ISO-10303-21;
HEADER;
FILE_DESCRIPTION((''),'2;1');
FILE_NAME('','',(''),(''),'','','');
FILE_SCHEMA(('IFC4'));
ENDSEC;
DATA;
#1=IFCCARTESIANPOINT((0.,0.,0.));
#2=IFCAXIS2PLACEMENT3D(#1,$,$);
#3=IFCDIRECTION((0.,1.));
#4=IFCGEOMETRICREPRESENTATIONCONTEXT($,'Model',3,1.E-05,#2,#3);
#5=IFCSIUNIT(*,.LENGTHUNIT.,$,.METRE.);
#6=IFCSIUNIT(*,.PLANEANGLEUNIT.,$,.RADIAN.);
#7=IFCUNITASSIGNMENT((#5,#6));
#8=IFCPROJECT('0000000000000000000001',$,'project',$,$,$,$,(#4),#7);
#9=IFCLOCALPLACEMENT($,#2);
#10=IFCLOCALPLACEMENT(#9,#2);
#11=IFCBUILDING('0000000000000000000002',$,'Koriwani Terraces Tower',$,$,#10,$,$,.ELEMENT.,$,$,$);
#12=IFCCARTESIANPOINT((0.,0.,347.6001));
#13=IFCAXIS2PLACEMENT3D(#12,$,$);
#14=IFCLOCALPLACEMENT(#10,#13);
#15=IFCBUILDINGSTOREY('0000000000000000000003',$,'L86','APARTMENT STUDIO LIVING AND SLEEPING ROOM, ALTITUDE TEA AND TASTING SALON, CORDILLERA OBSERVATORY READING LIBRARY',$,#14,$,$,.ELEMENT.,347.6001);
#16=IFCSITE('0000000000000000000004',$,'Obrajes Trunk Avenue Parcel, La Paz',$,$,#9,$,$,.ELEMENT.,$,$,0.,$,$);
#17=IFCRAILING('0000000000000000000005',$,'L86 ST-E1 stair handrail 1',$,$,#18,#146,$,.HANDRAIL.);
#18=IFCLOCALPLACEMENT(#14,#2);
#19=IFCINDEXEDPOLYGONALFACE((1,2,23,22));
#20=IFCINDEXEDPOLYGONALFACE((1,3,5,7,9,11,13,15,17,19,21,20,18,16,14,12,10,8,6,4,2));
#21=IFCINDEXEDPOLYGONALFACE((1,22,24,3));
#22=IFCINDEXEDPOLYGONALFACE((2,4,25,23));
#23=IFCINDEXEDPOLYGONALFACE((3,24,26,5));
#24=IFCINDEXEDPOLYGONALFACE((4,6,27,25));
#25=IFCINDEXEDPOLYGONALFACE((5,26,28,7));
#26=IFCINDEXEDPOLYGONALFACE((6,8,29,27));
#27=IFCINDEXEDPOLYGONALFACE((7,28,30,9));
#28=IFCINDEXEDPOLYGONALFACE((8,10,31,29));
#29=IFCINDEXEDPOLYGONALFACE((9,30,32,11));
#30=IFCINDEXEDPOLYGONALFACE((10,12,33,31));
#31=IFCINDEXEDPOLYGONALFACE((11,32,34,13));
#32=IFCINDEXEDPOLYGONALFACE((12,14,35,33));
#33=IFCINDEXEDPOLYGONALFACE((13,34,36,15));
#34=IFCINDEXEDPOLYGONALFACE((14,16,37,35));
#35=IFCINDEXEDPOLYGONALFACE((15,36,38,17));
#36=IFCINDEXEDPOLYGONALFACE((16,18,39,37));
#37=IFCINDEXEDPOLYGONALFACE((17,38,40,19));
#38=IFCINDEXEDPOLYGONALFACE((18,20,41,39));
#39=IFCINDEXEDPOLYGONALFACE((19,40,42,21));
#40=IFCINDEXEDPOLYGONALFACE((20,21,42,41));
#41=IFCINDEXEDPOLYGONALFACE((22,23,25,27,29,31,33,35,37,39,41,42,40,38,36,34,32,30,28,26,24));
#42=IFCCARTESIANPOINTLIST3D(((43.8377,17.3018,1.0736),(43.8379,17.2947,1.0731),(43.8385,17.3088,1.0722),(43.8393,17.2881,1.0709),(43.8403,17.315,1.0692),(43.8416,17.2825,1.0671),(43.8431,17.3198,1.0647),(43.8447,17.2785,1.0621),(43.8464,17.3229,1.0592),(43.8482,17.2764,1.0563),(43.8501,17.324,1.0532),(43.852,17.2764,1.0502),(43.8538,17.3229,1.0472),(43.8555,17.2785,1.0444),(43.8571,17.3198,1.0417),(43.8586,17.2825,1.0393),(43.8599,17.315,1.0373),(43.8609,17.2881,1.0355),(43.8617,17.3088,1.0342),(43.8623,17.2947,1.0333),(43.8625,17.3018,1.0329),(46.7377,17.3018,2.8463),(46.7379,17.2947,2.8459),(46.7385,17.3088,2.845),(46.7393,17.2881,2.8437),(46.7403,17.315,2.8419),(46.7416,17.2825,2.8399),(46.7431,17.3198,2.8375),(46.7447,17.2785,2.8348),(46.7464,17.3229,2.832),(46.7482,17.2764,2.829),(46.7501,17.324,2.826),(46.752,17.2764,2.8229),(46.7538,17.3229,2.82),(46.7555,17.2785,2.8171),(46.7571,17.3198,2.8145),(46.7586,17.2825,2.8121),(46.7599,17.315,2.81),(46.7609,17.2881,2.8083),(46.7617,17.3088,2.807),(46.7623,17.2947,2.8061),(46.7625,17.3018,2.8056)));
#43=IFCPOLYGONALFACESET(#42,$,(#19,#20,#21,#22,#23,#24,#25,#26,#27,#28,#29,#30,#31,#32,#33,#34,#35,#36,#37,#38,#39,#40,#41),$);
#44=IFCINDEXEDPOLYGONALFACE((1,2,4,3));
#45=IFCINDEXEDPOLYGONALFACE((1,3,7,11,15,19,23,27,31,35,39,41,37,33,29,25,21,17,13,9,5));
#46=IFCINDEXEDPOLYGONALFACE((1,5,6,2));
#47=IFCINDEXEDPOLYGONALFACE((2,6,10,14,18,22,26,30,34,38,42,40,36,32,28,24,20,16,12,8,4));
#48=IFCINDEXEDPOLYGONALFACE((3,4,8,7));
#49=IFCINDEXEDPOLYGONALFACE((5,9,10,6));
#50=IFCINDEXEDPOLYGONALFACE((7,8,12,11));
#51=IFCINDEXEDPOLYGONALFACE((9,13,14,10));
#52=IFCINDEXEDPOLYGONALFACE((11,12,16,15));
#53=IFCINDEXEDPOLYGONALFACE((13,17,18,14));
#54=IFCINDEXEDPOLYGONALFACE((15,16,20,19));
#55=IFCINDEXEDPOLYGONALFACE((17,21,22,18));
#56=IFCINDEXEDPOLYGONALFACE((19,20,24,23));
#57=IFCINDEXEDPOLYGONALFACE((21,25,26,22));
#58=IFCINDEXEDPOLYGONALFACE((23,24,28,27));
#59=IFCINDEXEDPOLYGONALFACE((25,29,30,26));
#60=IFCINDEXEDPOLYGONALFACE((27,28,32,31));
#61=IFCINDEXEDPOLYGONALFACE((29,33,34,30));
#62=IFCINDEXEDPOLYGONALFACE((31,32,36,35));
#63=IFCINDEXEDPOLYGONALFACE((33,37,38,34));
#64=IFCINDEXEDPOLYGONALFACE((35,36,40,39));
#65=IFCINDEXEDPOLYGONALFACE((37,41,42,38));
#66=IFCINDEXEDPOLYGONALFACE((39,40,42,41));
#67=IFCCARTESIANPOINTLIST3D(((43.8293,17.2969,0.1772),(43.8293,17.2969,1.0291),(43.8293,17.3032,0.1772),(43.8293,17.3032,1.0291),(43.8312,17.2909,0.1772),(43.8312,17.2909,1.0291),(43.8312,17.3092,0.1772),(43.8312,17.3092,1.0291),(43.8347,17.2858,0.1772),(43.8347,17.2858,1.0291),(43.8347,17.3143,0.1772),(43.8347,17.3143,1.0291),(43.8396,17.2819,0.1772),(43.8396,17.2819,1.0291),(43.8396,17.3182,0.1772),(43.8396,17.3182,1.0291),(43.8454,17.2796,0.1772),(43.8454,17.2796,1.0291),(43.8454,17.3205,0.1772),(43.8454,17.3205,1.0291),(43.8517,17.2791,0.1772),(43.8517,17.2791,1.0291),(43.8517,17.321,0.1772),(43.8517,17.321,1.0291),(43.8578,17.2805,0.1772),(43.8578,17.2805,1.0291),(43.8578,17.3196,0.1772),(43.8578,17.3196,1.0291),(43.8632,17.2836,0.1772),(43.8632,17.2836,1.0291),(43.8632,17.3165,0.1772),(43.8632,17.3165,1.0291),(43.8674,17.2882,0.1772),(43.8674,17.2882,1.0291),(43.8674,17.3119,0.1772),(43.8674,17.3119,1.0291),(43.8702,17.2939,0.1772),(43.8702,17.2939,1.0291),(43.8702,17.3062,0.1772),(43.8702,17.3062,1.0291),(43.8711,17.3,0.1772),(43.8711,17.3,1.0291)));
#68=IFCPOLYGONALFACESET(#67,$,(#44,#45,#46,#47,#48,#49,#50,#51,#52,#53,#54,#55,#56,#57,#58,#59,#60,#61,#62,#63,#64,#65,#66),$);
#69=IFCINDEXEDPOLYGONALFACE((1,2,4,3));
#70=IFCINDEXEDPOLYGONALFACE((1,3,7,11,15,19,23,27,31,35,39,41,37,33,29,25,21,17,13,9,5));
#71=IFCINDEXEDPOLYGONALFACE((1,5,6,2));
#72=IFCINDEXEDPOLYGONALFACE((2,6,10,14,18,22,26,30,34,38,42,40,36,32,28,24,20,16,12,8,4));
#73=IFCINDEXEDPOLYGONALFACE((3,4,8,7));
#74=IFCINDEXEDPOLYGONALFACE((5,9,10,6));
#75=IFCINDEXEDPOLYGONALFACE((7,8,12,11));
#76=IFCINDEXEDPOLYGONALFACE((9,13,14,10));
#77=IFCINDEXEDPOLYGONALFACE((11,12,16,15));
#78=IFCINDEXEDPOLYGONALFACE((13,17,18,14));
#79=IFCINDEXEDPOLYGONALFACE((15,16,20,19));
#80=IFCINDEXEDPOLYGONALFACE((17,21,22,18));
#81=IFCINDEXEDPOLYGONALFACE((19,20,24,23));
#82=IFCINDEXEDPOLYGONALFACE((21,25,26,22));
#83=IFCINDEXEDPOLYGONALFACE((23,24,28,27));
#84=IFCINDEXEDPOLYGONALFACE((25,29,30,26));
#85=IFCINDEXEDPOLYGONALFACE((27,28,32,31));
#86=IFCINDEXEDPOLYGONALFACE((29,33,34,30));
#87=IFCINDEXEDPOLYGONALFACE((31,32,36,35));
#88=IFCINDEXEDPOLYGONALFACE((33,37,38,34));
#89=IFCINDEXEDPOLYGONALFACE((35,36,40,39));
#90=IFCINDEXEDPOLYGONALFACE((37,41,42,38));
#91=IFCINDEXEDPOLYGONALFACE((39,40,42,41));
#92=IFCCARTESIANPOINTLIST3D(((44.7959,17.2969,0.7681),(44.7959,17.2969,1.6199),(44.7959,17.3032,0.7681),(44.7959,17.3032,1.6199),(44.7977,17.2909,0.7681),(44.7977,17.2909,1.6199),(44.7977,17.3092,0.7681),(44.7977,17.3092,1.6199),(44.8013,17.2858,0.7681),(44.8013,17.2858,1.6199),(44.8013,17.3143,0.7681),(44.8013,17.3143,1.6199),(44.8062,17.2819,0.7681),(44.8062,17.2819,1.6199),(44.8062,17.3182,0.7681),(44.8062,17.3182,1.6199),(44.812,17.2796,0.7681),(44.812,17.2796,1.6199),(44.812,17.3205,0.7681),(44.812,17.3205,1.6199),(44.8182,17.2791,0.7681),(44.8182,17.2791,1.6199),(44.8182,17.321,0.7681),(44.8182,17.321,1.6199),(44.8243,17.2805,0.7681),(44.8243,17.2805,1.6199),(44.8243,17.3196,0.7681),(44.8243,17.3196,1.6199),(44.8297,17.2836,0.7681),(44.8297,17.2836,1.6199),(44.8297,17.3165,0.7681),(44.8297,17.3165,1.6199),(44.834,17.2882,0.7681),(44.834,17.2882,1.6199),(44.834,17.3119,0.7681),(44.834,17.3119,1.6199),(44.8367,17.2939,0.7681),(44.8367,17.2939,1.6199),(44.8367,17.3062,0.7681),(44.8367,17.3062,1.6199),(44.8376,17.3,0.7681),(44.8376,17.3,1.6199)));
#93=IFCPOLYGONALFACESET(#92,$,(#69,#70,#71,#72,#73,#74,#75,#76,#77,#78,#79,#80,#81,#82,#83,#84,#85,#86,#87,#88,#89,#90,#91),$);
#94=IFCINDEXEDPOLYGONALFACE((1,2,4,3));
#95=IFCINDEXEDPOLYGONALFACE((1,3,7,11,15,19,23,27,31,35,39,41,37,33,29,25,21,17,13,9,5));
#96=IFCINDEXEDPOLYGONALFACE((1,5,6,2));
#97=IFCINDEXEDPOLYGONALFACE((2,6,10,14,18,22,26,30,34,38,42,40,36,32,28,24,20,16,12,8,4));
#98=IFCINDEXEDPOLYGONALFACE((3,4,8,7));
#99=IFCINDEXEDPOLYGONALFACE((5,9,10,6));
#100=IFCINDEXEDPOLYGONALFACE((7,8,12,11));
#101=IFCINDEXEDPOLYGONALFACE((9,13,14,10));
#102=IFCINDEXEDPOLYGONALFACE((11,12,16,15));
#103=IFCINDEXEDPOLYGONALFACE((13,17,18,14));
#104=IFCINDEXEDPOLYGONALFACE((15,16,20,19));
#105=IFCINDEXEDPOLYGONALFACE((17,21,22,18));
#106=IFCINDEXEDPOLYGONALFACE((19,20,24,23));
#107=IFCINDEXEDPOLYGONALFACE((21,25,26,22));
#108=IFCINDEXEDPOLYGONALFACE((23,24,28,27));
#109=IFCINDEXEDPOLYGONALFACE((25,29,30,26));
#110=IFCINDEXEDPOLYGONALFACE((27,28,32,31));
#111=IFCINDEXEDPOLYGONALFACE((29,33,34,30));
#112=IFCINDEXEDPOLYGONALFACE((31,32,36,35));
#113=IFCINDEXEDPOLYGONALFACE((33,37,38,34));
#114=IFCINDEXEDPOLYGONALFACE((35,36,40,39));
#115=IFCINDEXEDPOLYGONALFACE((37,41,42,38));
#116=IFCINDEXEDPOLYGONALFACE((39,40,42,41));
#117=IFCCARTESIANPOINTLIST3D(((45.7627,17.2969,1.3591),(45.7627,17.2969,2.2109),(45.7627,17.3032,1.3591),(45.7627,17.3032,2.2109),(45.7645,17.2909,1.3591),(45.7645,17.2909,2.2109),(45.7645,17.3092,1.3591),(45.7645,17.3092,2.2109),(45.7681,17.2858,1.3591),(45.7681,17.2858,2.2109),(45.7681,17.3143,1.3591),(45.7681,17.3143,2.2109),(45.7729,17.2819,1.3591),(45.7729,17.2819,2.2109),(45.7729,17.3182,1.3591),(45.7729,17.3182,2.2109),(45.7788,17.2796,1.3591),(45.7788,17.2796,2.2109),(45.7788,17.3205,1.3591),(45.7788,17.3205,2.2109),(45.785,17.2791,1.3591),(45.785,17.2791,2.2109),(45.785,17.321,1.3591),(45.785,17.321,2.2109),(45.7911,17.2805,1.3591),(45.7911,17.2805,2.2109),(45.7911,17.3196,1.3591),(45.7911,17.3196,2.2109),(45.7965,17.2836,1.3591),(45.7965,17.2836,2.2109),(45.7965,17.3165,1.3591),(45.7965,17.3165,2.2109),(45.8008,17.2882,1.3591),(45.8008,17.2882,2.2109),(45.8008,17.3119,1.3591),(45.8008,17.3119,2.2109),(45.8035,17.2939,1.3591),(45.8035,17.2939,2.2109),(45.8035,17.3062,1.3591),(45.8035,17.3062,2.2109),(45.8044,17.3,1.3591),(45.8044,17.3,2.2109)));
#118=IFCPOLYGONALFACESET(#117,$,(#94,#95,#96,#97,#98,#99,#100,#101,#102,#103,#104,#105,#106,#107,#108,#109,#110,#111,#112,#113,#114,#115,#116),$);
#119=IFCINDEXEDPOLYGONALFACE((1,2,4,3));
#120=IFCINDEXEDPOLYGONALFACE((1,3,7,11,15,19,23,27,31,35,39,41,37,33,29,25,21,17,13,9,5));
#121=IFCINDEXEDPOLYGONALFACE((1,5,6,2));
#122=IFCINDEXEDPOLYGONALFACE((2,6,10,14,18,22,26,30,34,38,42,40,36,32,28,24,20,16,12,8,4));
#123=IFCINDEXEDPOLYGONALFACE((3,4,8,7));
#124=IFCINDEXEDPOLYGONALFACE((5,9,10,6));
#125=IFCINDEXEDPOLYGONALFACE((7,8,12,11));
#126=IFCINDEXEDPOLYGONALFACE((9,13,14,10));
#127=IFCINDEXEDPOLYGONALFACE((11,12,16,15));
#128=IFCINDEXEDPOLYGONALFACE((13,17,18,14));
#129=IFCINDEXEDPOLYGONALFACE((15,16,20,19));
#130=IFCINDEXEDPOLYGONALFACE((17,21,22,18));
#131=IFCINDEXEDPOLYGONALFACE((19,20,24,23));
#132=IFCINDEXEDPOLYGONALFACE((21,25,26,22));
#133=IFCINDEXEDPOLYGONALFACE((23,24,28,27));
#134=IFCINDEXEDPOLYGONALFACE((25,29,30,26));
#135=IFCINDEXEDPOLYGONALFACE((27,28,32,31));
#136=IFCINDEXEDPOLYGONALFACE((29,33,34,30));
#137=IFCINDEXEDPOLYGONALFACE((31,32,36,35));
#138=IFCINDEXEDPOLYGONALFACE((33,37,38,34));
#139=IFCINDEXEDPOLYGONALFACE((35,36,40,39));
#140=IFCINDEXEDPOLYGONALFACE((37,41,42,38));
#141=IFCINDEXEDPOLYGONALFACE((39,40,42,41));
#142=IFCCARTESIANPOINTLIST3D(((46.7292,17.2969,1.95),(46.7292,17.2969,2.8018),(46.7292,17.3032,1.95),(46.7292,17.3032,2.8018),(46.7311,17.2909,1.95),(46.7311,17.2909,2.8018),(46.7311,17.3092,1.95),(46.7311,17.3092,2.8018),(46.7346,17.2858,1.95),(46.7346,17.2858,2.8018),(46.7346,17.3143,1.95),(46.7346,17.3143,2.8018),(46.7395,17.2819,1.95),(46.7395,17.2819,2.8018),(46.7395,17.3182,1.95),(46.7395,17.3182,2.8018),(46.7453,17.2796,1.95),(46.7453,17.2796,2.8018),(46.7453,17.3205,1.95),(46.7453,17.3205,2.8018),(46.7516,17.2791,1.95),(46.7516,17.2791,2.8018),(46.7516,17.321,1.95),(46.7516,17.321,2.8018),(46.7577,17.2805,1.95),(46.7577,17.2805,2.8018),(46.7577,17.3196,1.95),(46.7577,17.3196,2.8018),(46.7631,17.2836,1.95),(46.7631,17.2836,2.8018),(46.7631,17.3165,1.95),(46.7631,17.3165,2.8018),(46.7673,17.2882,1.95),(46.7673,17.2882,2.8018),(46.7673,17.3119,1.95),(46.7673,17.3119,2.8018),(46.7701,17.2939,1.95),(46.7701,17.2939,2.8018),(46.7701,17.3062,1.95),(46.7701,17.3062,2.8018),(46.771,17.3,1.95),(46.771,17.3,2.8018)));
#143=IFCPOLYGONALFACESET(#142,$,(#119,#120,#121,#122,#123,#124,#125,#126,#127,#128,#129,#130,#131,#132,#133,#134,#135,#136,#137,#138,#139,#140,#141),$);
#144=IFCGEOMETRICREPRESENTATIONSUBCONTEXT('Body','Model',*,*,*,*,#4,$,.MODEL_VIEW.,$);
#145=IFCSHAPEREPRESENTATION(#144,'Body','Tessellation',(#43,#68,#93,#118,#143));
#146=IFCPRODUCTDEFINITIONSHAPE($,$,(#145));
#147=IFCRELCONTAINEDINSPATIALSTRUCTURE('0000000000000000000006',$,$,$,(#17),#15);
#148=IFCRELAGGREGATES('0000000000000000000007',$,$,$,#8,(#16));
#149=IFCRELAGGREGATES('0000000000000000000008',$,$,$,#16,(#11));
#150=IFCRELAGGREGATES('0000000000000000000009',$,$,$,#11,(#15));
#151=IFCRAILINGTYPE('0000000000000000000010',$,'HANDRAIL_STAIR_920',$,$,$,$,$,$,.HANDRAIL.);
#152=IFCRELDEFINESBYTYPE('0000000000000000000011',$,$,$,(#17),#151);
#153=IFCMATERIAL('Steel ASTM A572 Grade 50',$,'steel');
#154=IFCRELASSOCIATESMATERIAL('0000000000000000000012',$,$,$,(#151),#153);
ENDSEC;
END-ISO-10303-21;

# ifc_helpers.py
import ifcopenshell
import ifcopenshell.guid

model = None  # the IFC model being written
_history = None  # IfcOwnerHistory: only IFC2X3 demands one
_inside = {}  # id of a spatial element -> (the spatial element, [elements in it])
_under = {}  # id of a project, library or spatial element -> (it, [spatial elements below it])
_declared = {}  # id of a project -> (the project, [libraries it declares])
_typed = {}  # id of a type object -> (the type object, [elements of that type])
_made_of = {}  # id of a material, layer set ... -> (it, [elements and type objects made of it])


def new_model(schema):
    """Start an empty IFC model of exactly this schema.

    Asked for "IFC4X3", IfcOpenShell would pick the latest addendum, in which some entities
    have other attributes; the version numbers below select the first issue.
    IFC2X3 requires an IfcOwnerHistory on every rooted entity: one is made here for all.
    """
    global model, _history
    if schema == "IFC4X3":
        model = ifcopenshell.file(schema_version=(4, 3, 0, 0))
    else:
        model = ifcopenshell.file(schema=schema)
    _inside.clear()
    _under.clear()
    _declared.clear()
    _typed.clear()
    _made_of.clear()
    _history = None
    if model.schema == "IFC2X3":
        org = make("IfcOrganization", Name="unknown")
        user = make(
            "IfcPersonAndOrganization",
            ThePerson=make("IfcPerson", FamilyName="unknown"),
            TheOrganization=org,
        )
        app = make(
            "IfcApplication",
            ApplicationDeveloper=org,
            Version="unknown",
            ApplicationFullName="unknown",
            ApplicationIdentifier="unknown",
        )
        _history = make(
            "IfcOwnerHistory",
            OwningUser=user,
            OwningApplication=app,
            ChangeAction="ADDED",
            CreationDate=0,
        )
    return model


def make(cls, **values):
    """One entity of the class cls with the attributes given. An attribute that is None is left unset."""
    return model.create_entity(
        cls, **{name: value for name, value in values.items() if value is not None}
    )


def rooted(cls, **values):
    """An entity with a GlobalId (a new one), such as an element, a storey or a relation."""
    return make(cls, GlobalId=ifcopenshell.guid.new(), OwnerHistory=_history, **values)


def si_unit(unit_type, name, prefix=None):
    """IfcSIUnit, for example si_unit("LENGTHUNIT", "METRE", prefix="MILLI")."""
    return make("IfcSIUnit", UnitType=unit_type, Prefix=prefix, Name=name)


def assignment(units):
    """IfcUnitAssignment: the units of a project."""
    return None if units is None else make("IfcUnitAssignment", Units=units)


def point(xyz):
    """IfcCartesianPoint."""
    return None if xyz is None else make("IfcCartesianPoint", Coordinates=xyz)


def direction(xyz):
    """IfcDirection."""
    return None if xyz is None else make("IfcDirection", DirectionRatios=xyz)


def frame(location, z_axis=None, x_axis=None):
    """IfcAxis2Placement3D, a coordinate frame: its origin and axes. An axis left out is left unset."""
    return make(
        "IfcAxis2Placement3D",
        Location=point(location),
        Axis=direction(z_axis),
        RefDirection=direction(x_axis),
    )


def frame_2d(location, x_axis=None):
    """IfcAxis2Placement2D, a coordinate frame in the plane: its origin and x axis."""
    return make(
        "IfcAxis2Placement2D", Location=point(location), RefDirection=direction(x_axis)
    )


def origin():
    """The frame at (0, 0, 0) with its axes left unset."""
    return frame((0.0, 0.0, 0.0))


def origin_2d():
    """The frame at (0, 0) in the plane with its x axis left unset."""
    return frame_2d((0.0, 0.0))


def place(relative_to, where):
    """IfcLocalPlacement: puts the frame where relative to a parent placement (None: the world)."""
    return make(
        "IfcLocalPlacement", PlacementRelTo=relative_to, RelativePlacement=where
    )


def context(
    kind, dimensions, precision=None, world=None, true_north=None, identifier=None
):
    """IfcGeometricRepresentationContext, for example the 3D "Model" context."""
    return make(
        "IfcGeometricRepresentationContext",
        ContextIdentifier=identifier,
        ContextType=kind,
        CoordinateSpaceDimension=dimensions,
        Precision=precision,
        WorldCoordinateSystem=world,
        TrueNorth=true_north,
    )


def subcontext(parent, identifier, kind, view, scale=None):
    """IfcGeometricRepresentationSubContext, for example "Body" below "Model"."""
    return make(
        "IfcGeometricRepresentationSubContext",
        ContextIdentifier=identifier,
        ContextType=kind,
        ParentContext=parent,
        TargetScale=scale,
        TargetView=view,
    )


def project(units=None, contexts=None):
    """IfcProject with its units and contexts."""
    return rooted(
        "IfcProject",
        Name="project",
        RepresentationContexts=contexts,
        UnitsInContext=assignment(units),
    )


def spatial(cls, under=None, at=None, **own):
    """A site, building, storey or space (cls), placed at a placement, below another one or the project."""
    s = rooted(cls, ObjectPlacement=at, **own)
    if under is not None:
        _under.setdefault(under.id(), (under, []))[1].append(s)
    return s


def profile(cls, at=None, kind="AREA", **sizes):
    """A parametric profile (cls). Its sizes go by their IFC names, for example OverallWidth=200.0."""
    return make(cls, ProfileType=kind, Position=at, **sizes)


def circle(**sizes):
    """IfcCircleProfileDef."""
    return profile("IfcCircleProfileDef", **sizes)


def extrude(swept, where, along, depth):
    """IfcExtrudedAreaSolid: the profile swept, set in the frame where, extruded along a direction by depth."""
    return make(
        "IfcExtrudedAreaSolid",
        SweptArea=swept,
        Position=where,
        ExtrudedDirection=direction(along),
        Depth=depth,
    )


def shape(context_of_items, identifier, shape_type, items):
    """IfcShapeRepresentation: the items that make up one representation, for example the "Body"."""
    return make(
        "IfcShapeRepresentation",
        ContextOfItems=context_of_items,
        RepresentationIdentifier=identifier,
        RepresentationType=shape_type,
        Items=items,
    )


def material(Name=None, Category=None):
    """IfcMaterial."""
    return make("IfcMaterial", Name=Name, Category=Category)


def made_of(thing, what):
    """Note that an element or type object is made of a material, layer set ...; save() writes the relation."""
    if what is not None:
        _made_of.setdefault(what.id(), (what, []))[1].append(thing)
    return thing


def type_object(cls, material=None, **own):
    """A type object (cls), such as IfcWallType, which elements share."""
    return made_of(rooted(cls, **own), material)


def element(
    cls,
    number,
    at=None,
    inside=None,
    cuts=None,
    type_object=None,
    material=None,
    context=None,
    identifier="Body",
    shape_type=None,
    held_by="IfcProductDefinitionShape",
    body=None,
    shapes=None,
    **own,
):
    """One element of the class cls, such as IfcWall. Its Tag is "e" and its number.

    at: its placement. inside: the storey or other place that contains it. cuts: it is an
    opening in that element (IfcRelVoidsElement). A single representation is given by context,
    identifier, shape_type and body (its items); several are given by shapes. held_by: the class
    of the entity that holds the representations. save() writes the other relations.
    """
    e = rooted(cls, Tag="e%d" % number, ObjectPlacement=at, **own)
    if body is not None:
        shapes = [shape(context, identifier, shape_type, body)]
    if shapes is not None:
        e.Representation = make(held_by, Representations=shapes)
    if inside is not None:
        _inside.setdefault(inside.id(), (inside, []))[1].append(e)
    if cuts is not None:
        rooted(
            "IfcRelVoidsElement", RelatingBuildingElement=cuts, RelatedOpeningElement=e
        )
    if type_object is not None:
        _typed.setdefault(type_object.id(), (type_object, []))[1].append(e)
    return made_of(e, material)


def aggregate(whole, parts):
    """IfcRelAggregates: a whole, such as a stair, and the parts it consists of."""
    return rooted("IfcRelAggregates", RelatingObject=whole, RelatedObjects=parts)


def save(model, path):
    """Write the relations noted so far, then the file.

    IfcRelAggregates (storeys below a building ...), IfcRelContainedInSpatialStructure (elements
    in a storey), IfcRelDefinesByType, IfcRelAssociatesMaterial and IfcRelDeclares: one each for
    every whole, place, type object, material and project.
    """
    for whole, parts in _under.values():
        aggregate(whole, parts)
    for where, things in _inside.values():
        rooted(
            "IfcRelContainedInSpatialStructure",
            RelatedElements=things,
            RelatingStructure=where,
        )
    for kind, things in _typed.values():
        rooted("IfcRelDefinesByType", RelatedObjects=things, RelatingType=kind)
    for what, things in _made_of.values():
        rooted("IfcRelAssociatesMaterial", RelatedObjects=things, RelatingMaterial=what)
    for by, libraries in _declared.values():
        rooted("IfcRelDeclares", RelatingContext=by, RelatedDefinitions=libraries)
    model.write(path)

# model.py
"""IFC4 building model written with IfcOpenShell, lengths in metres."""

from ifc_helpers import new_model, si_unit, direction, frame, origin, origin_2d, place, context, subcontext, project, spatial, circle, extrude, material, type_object, element, save


model = new_model("IFC4")

# Units and contexts
model_context = context("Model", 3, precision=1e-05, world=origin(), true_north=direction((0.0, 1.0)))
body_context = subcontext(model_context, "Body", "Model", "MODEL_VIEW")
ifc_project = project(units=[si_unit("LENGTHUNIT", "METRE"), si_unit("PLANEANGLEUNIT", "RADIAN")], contexts=[model_context])

# Site, building, storey
site_placement = place(None, origin())
site = spatial("IfcSite", under=ifc_project, at=site_placement, Name="Obrajes Trunk Avenue Parcel, La Paz", CompositionType="ELEMENT", RefElevation=0.0)
building_placement = place(site_placement, origin())
building = spatial("IfcBuilding", under=site, at=building_placement, Name="Koriwani Terraces Tower", CompositionType="ELEMENT")
storey_placement = place(building_placement, frame((0.0, 0.0, 347.6001)))
storey = spatial("IfcBuildingStorey", under=building, at=storey_placement, Name="L86", Description="APARTMENT STUDIO LIVING AND SLEEPING ROOM, ALTITUDE TEA AND TASTING SALON, CORDILLERA OBSERVATORY READING LIBRARY", CompositionType="ELEMENT", Elevation=347.6001)

# Shared definitions
ifc_material_1 = material(Name="Steel ASTM A572 Grade 50", Category="steel")

# Railing
railing_type_1 = type_object("IfcRailingType", Name="HANDRAIL_STAIR_920", PredefinedType="HANDRAIL", material=ifc_material_1)
railing_1_placement = place(storey_placement, frame((43.8501, 17.3, 0.1772)))
element("IfcRailing", 1, at=railing_1_placement, inside=storey, type_object=railing_type_1, Name="L86 ST-E1 stair handrail 1", PredefinedType="HANDRAIL", context=body_context, shape_type="SweptSolid", body=[
    extrude(circle(Radius=0.0239, at=origin_2d()), frame((0.0, 0.0, 0.876), z_axis=(0.853211, 0.0, 0.521566), x_axis=(0.0, 1.0, 0.0)), (0.0, 0.0, 1.0), 3.3989),
    extrude(circle(Radius=0.021, at=origin_2d()), origin(), (0.0, 0.0, 1.0), 0.8518),
    extrude(circle(Radius=0.021, at=origin_2d()), frame((0.9666, 0.0, 0.5908)), (0.0, 0.0, 1.0), 0.8518),
    extrude(circle(Radius=0.021, at=origin_2d()), frame((1.9333, 0.0, 1.1819)), (0.0, 0.0, 1.0), 0.8518),
    extrude(circle(Radius=0.021, at=origin_2d()), frame((2.8999, 0.0, 1.7727)), (0.0, 0.0, 1.0), 0.8518),
])

save(model, "model.ifc")
